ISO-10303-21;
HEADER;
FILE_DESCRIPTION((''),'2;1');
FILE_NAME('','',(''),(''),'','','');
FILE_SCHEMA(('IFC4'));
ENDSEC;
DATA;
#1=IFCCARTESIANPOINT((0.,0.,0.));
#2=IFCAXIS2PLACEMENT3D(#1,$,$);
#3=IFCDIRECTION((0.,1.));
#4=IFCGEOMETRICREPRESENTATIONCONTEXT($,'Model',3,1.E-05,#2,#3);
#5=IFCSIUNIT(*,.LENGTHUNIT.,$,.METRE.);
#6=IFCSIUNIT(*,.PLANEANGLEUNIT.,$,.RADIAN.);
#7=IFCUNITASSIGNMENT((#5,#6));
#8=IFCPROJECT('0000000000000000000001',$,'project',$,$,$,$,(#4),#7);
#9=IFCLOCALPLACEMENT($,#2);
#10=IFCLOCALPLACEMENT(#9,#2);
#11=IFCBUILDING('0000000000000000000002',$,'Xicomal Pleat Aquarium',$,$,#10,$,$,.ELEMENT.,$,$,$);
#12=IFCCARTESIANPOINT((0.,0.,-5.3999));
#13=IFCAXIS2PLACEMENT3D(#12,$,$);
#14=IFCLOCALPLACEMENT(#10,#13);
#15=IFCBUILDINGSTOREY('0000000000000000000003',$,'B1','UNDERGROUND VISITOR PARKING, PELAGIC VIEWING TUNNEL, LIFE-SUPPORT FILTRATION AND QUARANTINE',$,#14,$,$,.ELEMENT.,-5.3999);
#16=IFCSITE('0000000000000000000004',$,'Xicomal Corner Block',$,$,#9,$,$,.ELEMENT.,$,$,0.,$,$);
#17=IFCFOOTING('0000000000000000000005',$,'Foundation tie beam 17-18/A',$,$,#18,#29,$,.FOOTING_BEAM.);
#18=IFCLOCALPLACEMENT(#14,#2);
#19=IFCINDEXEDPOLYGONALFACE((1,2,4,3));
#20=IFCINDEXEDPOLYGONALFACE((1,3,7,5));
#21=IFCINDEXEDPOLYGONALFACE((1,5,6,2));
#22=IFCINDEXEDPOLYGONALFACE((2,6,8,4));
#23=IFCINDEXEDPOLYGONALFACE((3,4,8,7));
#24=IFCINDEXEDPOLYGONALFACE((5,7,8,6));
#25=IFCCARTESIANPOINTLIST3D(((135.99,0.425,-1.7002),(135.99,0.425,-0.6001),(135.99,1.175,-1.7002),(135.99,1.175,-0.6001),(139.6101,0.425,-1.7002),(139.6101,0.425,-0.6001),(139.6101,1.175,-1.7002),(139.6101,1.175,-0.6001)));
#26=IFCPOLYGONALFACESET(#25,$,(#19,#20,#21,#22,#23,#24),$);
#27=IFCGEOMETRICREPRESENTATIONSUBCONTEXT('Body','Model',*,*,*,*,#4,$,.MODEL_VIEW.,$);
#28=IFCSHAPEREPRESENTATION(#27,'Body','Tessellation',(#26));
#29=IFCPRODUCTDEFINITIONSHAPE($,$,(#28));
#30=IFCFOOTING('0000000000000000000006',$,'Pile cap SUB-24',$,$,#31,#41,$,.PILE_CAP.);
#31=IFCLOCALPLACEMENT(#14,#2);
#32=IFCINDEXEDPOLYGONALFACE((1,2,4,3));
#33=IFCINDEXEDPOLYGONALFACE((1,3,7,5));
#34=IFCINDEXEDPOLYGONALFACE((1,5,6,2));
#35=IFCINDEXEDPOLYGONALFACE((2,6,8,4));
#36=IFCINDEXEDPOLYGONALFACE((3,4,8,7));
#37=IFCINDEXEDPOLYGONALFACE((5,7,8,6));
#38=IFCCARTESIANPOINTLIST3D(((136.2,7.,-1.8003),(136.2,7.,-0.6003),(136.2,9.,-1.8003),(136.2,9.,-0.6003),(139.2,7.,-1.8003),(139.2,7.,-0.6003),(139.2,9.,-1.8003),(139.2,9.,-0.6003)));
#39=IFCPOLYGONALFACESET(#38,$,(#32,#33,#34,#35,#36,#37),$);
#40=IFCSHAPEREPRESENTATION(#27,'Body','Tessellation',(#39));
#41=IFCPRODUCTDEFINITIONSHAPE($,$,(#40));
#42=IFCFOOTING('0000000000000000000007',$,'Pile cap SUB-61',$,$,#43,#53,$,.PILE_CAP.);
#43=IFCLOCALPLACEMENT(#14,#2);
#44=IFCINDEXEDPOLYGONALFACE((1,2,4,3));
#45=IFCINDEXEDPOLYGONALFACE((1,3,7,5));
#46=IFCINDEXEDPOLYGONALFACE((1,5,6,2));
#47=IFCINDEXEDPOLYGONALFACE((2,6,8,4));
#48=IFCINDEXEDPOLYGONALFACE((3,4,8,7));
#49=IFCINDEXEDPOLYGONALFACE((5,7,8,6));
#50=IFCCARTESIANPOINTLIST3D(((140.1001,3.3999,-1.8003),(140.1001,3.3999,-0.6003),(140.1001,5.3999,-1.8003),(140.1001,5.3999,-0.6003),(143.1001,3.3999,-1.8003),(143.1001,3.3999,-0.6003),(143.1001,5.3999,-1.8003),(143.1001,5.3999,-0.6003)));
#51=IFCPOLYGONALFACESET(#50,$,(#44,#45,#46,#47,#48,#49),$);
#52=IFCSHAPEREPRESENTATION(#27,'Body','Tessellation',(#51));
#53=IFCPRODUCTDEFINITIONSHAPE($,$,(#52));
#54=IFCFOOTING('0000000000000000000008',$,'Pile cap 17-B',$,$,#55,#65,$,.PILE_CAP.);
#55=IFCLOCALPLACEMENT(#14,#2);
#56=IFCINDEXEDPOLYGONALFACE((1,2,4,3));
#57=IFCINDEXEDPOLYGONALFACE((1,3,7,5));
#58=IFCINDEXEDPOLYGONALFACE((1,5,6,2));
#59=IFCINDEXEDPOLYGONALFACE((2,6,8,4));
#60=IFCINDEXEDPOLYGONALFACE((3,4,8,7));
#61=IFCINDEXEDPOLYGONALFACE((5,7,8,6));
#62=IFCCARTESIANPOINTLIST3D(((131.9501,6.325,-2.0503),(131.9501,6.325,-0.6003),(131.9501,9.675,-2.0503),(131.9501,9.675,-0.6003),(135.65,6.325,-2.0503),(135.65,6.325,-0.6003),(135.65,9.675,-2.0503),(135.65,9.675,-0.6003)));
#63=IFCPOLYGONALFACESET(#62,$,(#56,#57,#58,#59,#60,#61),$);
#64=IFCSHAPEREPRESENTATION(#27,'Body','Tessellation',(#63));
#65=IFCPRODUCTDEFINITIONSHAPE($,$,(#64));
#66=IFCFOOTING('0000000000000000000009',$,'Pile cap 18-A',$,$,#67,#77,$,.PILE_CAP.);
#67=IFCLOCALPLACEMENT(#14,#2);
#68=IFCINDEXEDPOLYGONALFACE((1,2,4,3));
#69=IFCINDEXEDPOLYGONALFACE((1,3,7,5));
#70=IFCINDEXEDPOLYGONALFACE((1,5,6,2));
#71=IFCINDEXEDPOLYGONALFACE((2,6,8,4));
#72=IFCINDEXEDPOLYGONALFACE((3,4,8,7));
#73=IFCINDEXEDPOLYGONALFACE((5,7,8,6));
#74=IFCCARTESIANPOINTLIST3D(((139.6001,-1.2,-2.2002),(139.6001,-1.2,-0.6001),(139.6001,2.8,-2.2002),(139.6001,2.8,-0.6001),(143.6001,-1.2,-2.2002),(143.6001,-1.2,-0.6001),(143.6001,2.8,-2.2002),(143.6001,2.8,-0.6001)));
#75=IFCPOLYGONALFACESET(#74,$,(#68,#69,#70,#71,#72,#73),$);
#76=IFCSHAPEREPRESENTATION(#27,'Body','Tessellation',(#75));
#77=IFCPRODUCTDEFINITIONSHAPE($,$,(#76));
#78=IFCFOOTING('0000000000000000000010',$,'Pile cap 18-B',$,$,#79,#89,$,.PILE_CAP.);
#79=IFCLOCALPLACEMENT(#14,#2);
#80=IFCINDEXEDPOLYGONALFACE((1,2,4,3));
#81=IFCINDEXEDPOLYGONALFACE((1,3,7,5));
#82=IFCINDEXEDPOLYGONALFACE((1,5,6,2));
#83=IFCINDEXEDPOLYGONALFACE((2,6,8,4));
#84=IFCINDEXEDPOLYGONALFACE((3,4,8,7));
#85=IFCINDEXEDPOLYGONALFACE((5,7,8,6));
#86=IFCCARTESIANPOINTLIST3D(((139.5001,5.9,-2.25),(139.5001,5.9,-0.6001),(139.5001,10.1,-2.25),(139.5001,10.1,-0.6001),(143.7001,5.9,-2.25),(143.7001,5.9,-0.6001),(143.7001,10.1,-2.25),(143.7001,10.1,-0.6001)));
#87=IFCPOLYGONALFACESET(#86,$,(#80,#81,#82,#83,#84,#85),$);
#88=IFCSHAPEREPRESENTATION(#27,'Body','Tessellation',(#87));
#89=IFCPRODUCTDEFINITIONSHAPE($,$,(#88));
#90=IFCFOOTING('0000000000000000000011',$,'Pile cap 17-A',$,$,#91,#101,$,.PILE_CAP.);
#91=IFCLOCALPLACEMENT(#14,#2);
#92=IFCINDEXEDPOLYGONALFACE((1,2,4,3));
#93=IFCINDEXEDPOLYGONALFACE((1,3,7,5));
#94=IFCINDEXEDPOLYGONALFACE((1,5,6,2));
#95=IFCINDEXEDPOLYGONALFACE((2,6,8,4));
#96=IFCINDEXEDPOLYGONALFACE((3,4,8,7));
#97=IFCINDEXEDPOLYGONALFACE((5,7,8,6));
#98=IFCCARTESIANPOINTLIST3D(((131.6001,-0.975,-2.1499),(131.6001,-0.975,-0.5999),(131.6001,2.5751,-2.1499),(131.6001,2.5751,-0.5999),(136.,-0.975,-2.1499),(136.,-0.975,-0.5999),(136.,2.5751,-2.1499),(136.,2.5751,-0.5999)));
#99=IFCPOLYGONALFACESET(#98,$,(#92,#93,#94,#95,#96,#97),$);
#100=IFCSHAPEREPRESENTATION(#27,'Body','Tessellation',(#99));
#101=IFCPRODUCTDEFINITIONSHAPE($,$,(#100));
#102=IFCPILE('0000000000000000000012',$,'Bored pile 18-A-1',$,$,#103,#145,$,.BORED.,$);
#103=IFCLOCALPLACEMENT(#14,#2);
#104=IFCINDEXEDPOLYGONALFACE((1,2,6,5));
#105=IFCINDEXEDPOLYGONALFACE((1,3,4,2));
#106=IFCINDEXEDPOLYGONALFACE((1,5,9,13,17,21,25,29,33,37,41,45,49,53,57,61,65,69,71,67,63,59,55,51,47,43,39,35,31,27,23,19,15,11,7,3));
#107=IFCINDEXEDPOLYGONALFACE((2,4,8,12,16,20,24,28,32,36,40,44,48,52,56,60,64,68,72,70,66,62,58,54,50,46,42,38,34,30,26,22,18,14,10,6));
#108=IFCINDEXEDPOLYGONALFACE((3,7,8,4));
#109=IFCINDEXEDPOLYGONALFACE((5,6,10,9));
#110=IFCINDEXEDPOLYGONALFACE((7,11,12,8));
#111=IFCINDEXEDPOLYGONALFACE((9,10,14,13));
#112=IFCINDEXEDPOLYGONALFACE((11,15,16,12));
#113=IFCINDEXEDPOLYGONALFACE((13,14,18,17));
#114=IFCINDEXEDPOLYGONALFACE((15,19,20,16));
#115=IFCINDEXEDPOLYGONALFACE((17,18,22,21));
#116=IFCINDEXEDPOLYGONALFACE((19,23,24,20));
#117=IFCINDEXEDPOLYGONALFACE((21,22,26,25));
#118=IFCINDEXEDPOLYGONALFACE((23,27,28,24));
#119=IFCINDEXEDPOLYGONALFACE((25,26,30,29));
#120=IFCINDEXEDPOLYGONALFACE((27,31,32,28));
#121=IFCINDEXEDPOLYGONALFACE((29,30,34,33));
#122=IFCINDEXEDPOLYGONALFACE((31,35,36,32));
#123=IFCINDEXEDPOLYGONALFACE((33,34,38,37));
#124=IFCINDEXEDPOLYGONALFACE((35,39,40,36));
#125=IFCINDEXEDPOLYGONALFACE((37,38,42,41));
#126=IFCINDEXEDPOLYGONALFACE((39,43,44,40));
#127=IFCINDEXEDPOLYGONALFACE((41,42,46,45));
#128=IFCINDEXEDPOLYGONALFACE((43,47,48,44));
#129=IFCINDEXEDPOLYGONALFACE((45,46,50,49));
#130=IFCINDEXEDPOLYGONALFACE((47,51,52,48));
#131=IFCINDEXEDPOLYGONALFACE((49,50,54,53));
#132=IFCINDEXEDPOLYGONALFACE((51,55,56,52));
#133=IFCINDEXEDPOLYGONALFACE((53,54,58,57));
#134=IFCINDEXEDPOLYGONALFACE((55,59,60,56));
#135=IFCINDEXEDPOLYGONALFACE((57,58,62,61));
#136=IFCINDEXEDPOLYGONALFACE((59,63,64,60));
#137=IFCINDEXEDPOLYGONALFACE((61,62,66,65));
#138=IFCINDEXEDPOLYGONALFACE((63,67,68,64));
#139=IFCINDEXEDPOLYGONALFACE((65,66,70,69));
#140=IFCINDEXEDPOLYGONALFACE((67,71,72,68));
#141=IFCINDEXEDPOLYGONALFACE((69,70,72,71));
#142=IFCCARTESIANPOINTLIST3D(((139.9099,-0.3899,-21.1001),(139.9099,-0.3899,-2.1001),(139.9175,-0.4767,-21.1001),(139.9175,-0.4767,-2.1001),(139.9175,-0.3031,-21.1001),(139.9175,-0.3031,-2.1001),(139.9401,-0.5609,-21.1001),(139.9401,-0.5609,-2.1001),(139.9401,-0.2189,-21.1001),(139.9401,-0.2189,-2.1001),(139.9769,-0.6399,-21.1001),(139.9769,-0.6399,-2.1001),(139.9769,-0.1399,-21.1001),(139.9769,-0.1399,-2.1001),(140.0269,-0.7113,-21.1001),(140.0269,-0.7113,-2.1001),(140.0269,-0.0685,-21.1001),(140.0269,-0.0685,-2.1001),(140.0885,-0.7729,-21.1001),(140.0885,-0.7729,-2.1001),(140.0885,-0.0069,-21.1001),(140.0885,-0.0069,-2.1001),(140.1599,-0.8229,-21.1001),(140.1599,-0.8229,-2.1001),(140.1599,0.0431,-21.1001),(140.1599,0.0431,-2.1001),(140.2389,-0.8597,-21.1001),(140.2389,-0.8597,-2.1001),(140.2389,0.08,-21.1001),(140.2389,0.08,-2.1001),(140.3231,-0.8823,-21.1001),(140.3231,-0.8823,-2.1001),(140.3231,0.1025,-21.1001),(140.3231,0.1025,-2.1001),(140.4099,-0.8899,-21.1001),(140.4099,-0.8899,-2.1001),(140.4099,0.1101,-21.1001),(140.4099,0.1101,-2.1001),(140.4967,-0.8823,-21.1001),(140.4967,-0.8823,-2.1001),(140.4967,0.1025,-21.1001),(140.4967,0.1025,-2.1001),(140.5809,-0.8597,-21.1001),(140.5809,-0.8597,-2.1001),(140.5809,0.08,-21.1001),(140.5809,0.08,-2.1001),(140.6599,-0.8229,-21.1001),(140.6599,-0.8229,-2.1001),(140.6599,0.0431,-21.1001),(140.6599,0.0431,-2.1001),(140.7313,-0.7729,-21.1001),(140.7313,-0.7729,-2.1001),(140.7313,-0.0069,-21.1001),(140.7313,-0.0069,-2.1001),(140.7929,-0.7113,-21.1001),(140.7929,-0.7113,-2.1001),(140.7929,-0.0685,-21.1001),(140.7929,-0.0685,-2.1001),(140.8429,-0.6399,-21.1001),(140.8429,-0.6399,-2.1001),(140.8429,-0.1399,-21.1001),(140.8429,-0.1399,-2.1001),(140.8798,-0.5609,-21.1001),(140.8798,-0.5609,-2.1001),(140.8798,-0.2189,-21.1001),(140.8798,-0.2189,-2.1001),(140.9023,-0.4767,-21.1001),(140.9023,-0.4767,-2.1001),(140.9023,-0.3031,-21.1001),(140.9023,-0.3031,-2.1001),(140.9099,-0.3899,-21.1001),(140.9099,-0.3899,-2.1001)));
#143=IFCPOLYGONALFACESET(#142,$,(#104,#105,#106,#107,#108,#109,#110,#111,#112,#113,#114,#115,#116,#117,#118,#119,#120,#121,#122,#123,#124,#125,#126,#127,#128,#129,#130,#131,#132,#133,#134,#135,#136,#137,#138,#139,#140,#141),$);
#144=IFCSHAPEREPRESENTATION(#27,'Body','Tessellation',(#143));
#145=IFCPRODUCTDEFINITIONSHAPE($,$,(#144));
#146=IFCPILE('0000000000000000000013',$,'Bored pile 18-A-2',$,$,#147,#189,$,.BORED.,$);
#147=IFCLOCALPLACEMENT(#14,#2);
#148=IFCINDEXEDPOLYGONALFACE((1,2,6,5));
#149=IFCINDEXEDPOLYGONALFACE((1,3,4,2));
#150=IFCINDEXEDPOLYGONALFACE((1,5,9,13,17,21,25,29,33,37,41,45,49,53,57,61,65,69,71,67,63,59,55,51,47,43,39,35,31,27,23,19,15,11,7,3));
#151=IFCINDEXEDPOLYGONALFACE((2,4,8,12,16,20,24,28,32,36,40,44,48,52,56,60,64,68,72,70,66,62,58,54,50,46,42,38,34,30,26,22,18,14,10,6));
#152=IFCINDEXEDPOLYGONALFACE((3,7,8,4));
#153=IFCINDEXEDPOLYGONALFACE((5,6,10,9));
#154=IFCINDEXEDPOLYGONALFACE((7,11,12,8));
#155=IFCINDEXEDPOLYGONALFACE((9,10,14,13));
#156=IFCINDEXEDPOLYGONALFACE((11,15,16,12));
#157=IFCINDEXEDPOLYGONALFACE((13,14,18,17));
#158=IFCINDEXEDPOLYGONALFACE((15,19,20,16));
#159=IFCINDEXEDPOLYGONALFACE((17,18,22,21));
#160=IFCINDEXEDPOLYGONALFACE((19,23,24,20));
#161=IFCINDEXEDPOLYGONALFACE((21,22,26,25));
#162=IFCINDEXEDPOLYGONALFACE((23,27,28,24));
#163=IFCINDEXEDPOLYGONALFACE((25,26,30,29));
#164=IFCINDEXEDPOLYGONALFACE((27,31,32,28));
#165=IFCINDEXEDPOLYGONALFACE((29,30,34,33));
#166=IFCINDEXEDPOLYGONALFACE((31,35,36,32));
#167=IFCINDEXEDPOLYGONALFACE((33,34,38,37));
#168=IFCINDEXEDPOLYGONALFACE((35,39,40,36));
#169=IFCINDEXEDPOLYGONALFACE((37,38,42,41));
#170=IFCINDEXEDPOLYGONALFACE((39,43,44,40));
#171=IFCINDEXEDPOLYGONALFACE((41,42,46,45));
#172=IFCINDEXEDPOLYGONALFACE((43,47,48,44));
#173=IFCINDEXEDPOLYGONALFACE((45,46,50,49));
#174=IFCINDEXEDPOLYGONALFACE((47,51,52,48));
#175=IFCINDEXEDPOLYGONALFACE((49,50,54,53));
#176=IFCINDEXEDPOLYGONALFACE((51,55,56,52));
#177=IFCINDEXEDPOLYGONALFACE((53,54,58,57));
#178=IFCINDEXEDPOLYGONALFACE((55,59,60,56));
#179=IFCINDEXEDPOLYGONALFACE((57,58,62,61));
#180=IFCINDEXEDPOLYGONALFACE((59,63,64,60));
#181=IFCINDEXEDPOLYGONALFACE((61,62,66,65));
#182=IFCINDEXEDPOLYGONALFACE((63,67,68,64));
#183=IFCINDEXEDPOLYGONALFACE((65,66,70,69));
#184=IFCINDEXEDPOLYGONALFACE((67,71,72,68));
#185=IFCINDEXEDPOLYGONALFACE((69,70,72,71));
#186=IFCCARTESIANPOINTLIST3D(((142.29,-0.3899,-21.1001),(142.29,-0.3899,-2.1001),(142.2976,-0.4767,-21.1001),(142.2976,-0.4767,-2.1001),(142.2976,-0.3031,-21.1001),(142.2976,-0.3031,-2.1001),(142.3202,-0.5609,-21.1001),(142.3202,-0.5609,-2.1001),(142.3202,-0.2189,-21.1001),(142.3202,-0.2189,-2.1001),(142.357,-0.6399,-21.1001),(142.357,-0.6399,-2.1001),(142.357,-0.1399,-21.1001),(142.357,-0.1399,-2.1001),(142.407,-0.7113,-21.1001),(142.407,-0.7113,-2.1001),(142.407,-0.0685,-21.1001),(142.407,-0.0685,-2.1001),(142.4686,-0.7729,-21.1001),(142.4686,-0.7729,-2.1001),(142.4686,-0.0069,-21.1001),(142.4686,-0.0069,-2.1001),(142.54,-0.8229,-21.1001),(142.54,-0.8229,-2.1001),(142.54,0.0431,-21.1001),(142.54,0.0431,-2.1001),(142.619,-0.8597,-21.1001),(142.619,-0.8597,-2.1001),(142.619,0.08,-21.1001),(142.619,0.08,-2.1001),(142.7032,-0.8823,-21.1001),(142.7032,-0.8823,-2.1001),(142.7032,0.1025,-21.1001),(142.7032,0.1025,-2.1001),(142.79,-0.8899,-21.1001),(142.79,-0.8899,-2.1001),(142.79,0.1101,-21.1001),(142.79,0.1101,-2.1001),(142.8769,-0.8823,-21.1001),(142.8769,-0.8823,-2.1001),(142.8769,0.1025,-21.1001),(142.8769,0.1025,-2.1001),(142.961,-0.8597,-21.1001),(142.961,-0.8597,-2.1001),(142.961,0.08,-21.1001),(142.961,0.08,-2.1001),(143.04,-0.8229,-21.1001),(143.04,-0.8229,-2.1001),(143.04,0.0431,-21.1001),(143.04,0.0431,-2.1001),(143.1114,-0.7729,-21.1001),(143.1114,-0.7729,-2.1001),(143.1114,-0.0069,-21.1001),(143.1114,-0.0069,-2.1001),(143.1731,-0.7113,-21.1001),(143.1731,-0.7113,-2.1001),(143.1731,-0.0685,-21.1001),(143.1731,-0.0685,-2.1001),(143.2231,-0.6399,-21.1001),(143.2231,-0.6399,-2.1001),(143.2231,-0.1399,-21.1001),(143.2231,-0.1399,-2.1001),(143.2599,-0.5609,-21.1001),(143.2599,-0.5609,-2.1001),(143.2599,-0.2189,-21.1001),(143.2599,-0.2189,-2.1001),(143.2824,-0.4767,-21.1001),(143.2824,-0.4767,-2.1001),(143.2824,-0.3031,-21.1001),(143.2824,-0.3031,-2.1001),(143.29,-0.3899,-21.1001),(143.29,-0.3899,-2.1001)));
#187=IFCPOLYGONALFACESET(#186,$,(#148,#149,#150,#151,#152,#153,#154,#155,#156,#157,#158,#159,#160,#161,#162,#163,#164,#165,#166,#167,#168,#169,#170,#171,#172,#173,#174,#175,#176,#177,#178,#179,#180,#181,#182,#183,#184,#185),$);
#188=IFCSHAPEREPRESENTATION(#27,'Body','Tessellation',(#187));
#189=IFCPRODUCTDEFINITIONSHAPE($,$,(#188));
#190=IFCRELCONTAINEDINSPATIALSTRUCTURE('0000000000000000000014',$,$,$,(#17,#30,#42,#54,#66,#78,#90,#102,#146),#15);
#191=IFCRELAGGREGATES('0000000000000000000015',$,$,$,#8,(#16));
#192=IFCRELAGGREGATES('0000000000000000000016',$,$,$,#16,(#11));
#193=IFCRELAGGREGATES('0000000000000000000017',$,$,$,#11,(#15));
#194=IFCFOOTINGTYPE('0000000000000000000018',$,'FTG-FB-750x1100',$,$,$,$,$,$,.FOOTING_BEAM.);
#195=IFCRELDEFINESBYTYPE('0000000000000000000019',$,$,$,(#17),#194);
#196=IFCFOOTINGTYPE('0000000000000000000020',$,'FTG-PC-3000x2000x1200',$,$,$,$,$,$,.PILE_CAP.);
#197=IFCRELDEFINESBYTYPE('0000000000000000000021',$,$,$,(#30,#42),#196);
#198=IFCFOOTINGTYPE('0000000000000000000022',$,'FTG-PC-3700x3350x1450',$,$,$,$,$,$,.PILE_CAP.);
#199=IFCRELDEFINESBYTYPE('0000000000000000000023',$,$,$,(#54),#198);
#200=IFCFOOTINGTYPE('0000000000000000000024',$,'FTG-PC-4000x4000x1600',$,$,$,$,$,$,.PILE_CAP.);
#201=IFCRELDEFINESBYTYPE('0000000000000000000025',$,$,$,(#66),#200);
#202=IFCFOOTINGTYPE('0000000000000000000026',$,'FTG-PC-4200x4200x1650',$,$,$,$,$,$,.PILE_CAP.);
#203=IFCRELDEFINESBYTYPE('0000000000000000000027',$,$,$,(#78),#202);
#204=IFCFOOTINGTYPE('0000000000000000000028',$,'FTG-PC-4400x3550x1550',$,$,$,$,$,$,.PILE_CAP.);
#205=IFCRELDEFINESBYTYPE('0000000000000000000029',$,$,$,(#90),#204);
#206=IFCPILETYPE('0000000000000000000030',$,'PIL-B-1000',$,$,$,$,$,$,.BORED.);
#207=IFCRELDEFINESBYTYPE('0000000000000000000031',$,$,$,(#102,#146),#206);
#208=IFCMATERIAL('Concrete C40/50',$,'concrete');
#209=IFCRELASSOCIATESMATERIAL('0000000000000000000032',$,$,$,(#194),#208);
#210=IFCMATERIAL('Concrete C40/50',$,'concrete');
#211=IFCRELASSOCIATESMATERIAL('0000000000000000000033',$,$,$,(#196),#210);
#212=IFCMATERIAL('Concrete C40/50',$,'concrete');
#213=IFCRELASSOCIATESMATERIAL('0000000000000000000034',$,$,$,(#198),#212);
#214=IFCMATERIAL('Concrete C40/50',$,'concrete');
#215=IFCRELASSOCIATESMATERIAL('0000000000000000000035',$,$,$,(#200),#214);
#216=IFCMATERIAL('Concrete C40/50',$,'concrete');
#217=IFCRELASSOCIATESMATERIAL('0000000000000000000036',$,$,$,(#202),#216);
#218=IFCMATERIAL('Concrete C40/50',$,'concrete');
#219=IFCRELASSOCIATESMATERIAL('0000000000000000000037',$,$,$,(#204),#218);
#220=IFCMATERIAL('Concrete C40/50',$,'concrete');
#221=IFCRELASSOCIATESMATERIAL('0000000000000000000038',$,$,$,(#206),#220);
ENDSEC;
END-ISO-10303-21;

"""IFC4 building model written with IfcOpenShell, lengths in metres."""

from ifc_helpers import new_model, si_unit, direction, frame, origin, origin_2d, place, context, subcontext, project, spatial, rectangle, circle, extrude, material, material_profile, profile_set, type_object, element, save


model = new_model("IFC4")

# Units and contexts
model_context = context("Model", 3, precision=1e-05, world=origin(), true_north=direction((0.0, 1.0)))
body_context = subcontext(model_context, "Body", "Model", "MODEL_VIEW")
ifc_project = project(units=[si_unit("LENGTHUNIT", "METRE"), si_unit("PLANEANGLEUNIT", "RADIAN")], contexts=[model_context])

# Site, building, storey
site_placement = place(None, origin())
site = spatial("IfcSite", under=ifc_project, at=site_placement, Name="Xicomal Corner Block", CompositionType="ELEMENT", RefElevation=0.0)
building_placement = place(site_placement, origin())
building = spatial("IfcBuilding", under=site, at=building_placement, Name="Xicomal Pleat Aquarium", CompositionType="ELEMENT")
storey_placement = place(building_placement, frame((0.0, 0.0, -5.3999)))
storey = spatial("IfcBuildingStorey", under=building, at=storey_placement, Name="B1", Description="UNDERGROUND VISITOR PARKING, PELAGIC VIEWING TUNNEL, LIFE-SUPPORT FILTRATION AND QUARANTINE", CompositionType="ELEMENT", Elevation=-5.3999)

# Footings
ifc_material_1 = material(Name="Concrete C40/50", Category="concrete")
ifc_material_profile_1 = material_profile(ifc_material_1, rectangle(XDim=0.75, YDim=1.1001, at=origin_2d()), Name="FB-04 750x1100")
ifc_profile_set_1 = profile_set([ifc_material_profile_1], Name="Concrete C40/50")
footing_type_1 = type_object("IfcFootingType", Name="FTG-FB-750x1100", PredefinedType="FOOTING_BEAM", material=ifc_profile_set_1)
footing_1_placement = place(storey_placement, frame((135.99, 0.8, -1.1501), z_axis=(1.0, 0.0, 0.0), x_axis=(0.0, 1.0, 0.0)))
element("IfcFooting", 1, at=footing_1_placement, inside=storey, type_object=footing_type_1, Name="Foundation tie beam 17-18/A", PredefinedType="FOOTING_BEAM", context=body_context, shape_type="SweptSolid", body=[
    extrude(rectangle(XDim=0.75, YDim=1.1001, at=origin_2d()), origin(), (0.0, 0.0, 1.0), 3.6201),
])
ifc_material_2 = material(Name="Concrete C40/50", Category="concrete")
footing_type_2 = type_object("IfcFootingType", Name="FTG-PC-3000x2000x1200", PredefinedType="PILE_CAP", material=ifc_material_2)
for number, where, z_axis, x_axis, name in (
    (2, (137.7, 8.0, -1.8003), (0.0, 0.0, 1.0), (1.0, 0.0, 0.0), "Pile cap SUB-24"),
    (3, (141.6001, 4.3999, -1.8003), (0.0, 0.0, 1.0), (1.0, 0.0, 0.0), "Pile cap SUB-61"),
):
    element("IfcFooting", number, at=place(storey_placement, frame(where, z_axis=z_axis, x_axis=x_axis)), inside=storey, type_object=footing_type_2, Name=name, PredefinedType="PILE_CAP", context=body_context, shape_type="SweptSolid", body=[
        extrude(rectangle(XDim=3.0, YDim=2.0, at=origin_2d()), origin(), (0.0, 0.0, 1.0), 1.2),
    ])
ifc_material_3 = material(Name="Concrete C40/50", Category="concrete")
footing_type_3 = type_object("IfcFootingType", Name="FTG-PC-3700x3350x1450", PredefinedType="PILE_CAP", material=ifc_material_3)
footing_2_placement = place(storey_placement, frame((133.8, 8.0, -2.0503), z_axis=(0.0, 0.0, 1.0), x_axis=(1.0, 0.0, 0.0)))
element("IfcFooting", 4, at=footing_2_placement, inside=storey, type_object=footing_type_3, Name="Pile cap 17-B", PredefinedType="PILE_CAP", context=body_context, shape_type="SweptSolid", body=[
    extrude(rectangle(XDim=3.7, YDim=3.3501, at=origin_2d()), origin(), (0.0, 0.0, 1.0), 1.45),
])
ifc_material_4 = material(Name="Concrete C40/50", Category="concrete")
footing_type_4 = type_object("IfcFootingType", Name="FTG-PC-4000x4000x1600", PredefinedType="PILE_CAP", material=ifc_material_4)
footing_3_placement = place(storey_placement, frame((141.6001, 0.8, -2.2002), z_axis=(0.0, 0.0, 1.0), x_axis=(1.0, 0.0, 0.0)))
element("IfcFooting", 5, at=footing_3_placement, inside=storey, type_object=footing_type_4, Name="Pile cap 18-A", PredefinedType="PILE_CAP", context=body_context, shape_type="SweptSolid", body=[
    extrude(rectangle(XDim=4.0, YDim=4.0, at=origin_2d()), origin(), (0.0, 0.0, 1.0), 1.6001),
])
ifc_material_5 = material(Name="Concrete C40/50", Category="concrete")
footing_type_5 = type_object("IfcFootingType", Name="FTG-PC-4200x4200x1650", PredefinedType="PILE_CAP", material=ifc_material_5)
footing_4_placement = place(storey_placement, frame((141.6001, 8.0, -2.25), z_axis=(0.0, 0.0, 1.0), x_axis=(1.0, 0.0, 0.0)))
element("IfcFooting", 6, at=footing_4_placement, inside=storey, type_object=footing_type_5, Name="Pile cap 18-B", PredefinedType="PILE_CAP", context=body_context, shape_type="SweptSolid", body=[
    extrude(rectangle(XDim=4.2, YDim=4.2, at=origin_2d()), origin(), (0.0, 0.0, 1.0), 1.6499),
])
ifc_material_6 = material(Name="Concrete C40/50", Category="concrete")
footing_type_6 = type_object("IfcFootingType", Name="FTG-PC-4400x3550x1550", PredefinedType="PILE_CAP", material=ifc_material_6)
footing_5_placement = place(storey_placement, frame((133.8, 0.8, -2.1499), z_axis=(0.0, 0.0, 1.0), x_axis=(1.0, 0.0, 0.0)))
element("IfcFooting", 7, at=footing_5_placement, inside=storey, type_object=footing_type_6, Name="Pile cap 17-A", PredefinedType="PILE_CAP", context=body_context, shape_type="SweptSolid", body=[
    extrude(rectangle(XDim=4.3999, YDim=3.55, at=origin_2d()), origin(), (0.0, 0.0, 1.0), 1.55),
])

# Piles
ifc_material_7 = material(Name="Concrete C40/50", Category="concrete")
ifc_material_profile_2 = material_profile(ifc_material_7, circle(Radius=0.5, at=origin_2d()), Name="BORED PILE D1000")
ifc_profile_set_2 = profile_set([ifc_material_profile_2], Name="Concrete C40/50")
pile_type_1 = type_object("IfcPileType", Name="PIL-B-1000", PredefinedType="BORED", material=ifc_profile_set_2)
for number, where, z_axis, x_axis, name in (
    (8, (140.4099, -0.3899, -2.1001), (0.0, 0.0, -1.0), (1.0, 0.0, 0.0), "Bored pile 18-A-1"),
    (9, (142.79, -0.3899, -2.1001), (0.0, 0.0, -1.0), (1.0, 0.0, 0.0), "Bored pile 18-A-2"),
):
    element("IfcPile", number, at=place(storey_placement, frame(where, z_axis=z_axis, x_axis=x_axis)), inside=storey, type_object=pile_type_1, Name=name, PredefinedType="BORED", context=body_context, shape_type="SweptSolid", body=[
        extrude(circle(Radius=0.5, at=origin_2d()), origin(), (0.0, 0.0, 1.0), 19.0),
    ])

save(model, "model.ifc")
